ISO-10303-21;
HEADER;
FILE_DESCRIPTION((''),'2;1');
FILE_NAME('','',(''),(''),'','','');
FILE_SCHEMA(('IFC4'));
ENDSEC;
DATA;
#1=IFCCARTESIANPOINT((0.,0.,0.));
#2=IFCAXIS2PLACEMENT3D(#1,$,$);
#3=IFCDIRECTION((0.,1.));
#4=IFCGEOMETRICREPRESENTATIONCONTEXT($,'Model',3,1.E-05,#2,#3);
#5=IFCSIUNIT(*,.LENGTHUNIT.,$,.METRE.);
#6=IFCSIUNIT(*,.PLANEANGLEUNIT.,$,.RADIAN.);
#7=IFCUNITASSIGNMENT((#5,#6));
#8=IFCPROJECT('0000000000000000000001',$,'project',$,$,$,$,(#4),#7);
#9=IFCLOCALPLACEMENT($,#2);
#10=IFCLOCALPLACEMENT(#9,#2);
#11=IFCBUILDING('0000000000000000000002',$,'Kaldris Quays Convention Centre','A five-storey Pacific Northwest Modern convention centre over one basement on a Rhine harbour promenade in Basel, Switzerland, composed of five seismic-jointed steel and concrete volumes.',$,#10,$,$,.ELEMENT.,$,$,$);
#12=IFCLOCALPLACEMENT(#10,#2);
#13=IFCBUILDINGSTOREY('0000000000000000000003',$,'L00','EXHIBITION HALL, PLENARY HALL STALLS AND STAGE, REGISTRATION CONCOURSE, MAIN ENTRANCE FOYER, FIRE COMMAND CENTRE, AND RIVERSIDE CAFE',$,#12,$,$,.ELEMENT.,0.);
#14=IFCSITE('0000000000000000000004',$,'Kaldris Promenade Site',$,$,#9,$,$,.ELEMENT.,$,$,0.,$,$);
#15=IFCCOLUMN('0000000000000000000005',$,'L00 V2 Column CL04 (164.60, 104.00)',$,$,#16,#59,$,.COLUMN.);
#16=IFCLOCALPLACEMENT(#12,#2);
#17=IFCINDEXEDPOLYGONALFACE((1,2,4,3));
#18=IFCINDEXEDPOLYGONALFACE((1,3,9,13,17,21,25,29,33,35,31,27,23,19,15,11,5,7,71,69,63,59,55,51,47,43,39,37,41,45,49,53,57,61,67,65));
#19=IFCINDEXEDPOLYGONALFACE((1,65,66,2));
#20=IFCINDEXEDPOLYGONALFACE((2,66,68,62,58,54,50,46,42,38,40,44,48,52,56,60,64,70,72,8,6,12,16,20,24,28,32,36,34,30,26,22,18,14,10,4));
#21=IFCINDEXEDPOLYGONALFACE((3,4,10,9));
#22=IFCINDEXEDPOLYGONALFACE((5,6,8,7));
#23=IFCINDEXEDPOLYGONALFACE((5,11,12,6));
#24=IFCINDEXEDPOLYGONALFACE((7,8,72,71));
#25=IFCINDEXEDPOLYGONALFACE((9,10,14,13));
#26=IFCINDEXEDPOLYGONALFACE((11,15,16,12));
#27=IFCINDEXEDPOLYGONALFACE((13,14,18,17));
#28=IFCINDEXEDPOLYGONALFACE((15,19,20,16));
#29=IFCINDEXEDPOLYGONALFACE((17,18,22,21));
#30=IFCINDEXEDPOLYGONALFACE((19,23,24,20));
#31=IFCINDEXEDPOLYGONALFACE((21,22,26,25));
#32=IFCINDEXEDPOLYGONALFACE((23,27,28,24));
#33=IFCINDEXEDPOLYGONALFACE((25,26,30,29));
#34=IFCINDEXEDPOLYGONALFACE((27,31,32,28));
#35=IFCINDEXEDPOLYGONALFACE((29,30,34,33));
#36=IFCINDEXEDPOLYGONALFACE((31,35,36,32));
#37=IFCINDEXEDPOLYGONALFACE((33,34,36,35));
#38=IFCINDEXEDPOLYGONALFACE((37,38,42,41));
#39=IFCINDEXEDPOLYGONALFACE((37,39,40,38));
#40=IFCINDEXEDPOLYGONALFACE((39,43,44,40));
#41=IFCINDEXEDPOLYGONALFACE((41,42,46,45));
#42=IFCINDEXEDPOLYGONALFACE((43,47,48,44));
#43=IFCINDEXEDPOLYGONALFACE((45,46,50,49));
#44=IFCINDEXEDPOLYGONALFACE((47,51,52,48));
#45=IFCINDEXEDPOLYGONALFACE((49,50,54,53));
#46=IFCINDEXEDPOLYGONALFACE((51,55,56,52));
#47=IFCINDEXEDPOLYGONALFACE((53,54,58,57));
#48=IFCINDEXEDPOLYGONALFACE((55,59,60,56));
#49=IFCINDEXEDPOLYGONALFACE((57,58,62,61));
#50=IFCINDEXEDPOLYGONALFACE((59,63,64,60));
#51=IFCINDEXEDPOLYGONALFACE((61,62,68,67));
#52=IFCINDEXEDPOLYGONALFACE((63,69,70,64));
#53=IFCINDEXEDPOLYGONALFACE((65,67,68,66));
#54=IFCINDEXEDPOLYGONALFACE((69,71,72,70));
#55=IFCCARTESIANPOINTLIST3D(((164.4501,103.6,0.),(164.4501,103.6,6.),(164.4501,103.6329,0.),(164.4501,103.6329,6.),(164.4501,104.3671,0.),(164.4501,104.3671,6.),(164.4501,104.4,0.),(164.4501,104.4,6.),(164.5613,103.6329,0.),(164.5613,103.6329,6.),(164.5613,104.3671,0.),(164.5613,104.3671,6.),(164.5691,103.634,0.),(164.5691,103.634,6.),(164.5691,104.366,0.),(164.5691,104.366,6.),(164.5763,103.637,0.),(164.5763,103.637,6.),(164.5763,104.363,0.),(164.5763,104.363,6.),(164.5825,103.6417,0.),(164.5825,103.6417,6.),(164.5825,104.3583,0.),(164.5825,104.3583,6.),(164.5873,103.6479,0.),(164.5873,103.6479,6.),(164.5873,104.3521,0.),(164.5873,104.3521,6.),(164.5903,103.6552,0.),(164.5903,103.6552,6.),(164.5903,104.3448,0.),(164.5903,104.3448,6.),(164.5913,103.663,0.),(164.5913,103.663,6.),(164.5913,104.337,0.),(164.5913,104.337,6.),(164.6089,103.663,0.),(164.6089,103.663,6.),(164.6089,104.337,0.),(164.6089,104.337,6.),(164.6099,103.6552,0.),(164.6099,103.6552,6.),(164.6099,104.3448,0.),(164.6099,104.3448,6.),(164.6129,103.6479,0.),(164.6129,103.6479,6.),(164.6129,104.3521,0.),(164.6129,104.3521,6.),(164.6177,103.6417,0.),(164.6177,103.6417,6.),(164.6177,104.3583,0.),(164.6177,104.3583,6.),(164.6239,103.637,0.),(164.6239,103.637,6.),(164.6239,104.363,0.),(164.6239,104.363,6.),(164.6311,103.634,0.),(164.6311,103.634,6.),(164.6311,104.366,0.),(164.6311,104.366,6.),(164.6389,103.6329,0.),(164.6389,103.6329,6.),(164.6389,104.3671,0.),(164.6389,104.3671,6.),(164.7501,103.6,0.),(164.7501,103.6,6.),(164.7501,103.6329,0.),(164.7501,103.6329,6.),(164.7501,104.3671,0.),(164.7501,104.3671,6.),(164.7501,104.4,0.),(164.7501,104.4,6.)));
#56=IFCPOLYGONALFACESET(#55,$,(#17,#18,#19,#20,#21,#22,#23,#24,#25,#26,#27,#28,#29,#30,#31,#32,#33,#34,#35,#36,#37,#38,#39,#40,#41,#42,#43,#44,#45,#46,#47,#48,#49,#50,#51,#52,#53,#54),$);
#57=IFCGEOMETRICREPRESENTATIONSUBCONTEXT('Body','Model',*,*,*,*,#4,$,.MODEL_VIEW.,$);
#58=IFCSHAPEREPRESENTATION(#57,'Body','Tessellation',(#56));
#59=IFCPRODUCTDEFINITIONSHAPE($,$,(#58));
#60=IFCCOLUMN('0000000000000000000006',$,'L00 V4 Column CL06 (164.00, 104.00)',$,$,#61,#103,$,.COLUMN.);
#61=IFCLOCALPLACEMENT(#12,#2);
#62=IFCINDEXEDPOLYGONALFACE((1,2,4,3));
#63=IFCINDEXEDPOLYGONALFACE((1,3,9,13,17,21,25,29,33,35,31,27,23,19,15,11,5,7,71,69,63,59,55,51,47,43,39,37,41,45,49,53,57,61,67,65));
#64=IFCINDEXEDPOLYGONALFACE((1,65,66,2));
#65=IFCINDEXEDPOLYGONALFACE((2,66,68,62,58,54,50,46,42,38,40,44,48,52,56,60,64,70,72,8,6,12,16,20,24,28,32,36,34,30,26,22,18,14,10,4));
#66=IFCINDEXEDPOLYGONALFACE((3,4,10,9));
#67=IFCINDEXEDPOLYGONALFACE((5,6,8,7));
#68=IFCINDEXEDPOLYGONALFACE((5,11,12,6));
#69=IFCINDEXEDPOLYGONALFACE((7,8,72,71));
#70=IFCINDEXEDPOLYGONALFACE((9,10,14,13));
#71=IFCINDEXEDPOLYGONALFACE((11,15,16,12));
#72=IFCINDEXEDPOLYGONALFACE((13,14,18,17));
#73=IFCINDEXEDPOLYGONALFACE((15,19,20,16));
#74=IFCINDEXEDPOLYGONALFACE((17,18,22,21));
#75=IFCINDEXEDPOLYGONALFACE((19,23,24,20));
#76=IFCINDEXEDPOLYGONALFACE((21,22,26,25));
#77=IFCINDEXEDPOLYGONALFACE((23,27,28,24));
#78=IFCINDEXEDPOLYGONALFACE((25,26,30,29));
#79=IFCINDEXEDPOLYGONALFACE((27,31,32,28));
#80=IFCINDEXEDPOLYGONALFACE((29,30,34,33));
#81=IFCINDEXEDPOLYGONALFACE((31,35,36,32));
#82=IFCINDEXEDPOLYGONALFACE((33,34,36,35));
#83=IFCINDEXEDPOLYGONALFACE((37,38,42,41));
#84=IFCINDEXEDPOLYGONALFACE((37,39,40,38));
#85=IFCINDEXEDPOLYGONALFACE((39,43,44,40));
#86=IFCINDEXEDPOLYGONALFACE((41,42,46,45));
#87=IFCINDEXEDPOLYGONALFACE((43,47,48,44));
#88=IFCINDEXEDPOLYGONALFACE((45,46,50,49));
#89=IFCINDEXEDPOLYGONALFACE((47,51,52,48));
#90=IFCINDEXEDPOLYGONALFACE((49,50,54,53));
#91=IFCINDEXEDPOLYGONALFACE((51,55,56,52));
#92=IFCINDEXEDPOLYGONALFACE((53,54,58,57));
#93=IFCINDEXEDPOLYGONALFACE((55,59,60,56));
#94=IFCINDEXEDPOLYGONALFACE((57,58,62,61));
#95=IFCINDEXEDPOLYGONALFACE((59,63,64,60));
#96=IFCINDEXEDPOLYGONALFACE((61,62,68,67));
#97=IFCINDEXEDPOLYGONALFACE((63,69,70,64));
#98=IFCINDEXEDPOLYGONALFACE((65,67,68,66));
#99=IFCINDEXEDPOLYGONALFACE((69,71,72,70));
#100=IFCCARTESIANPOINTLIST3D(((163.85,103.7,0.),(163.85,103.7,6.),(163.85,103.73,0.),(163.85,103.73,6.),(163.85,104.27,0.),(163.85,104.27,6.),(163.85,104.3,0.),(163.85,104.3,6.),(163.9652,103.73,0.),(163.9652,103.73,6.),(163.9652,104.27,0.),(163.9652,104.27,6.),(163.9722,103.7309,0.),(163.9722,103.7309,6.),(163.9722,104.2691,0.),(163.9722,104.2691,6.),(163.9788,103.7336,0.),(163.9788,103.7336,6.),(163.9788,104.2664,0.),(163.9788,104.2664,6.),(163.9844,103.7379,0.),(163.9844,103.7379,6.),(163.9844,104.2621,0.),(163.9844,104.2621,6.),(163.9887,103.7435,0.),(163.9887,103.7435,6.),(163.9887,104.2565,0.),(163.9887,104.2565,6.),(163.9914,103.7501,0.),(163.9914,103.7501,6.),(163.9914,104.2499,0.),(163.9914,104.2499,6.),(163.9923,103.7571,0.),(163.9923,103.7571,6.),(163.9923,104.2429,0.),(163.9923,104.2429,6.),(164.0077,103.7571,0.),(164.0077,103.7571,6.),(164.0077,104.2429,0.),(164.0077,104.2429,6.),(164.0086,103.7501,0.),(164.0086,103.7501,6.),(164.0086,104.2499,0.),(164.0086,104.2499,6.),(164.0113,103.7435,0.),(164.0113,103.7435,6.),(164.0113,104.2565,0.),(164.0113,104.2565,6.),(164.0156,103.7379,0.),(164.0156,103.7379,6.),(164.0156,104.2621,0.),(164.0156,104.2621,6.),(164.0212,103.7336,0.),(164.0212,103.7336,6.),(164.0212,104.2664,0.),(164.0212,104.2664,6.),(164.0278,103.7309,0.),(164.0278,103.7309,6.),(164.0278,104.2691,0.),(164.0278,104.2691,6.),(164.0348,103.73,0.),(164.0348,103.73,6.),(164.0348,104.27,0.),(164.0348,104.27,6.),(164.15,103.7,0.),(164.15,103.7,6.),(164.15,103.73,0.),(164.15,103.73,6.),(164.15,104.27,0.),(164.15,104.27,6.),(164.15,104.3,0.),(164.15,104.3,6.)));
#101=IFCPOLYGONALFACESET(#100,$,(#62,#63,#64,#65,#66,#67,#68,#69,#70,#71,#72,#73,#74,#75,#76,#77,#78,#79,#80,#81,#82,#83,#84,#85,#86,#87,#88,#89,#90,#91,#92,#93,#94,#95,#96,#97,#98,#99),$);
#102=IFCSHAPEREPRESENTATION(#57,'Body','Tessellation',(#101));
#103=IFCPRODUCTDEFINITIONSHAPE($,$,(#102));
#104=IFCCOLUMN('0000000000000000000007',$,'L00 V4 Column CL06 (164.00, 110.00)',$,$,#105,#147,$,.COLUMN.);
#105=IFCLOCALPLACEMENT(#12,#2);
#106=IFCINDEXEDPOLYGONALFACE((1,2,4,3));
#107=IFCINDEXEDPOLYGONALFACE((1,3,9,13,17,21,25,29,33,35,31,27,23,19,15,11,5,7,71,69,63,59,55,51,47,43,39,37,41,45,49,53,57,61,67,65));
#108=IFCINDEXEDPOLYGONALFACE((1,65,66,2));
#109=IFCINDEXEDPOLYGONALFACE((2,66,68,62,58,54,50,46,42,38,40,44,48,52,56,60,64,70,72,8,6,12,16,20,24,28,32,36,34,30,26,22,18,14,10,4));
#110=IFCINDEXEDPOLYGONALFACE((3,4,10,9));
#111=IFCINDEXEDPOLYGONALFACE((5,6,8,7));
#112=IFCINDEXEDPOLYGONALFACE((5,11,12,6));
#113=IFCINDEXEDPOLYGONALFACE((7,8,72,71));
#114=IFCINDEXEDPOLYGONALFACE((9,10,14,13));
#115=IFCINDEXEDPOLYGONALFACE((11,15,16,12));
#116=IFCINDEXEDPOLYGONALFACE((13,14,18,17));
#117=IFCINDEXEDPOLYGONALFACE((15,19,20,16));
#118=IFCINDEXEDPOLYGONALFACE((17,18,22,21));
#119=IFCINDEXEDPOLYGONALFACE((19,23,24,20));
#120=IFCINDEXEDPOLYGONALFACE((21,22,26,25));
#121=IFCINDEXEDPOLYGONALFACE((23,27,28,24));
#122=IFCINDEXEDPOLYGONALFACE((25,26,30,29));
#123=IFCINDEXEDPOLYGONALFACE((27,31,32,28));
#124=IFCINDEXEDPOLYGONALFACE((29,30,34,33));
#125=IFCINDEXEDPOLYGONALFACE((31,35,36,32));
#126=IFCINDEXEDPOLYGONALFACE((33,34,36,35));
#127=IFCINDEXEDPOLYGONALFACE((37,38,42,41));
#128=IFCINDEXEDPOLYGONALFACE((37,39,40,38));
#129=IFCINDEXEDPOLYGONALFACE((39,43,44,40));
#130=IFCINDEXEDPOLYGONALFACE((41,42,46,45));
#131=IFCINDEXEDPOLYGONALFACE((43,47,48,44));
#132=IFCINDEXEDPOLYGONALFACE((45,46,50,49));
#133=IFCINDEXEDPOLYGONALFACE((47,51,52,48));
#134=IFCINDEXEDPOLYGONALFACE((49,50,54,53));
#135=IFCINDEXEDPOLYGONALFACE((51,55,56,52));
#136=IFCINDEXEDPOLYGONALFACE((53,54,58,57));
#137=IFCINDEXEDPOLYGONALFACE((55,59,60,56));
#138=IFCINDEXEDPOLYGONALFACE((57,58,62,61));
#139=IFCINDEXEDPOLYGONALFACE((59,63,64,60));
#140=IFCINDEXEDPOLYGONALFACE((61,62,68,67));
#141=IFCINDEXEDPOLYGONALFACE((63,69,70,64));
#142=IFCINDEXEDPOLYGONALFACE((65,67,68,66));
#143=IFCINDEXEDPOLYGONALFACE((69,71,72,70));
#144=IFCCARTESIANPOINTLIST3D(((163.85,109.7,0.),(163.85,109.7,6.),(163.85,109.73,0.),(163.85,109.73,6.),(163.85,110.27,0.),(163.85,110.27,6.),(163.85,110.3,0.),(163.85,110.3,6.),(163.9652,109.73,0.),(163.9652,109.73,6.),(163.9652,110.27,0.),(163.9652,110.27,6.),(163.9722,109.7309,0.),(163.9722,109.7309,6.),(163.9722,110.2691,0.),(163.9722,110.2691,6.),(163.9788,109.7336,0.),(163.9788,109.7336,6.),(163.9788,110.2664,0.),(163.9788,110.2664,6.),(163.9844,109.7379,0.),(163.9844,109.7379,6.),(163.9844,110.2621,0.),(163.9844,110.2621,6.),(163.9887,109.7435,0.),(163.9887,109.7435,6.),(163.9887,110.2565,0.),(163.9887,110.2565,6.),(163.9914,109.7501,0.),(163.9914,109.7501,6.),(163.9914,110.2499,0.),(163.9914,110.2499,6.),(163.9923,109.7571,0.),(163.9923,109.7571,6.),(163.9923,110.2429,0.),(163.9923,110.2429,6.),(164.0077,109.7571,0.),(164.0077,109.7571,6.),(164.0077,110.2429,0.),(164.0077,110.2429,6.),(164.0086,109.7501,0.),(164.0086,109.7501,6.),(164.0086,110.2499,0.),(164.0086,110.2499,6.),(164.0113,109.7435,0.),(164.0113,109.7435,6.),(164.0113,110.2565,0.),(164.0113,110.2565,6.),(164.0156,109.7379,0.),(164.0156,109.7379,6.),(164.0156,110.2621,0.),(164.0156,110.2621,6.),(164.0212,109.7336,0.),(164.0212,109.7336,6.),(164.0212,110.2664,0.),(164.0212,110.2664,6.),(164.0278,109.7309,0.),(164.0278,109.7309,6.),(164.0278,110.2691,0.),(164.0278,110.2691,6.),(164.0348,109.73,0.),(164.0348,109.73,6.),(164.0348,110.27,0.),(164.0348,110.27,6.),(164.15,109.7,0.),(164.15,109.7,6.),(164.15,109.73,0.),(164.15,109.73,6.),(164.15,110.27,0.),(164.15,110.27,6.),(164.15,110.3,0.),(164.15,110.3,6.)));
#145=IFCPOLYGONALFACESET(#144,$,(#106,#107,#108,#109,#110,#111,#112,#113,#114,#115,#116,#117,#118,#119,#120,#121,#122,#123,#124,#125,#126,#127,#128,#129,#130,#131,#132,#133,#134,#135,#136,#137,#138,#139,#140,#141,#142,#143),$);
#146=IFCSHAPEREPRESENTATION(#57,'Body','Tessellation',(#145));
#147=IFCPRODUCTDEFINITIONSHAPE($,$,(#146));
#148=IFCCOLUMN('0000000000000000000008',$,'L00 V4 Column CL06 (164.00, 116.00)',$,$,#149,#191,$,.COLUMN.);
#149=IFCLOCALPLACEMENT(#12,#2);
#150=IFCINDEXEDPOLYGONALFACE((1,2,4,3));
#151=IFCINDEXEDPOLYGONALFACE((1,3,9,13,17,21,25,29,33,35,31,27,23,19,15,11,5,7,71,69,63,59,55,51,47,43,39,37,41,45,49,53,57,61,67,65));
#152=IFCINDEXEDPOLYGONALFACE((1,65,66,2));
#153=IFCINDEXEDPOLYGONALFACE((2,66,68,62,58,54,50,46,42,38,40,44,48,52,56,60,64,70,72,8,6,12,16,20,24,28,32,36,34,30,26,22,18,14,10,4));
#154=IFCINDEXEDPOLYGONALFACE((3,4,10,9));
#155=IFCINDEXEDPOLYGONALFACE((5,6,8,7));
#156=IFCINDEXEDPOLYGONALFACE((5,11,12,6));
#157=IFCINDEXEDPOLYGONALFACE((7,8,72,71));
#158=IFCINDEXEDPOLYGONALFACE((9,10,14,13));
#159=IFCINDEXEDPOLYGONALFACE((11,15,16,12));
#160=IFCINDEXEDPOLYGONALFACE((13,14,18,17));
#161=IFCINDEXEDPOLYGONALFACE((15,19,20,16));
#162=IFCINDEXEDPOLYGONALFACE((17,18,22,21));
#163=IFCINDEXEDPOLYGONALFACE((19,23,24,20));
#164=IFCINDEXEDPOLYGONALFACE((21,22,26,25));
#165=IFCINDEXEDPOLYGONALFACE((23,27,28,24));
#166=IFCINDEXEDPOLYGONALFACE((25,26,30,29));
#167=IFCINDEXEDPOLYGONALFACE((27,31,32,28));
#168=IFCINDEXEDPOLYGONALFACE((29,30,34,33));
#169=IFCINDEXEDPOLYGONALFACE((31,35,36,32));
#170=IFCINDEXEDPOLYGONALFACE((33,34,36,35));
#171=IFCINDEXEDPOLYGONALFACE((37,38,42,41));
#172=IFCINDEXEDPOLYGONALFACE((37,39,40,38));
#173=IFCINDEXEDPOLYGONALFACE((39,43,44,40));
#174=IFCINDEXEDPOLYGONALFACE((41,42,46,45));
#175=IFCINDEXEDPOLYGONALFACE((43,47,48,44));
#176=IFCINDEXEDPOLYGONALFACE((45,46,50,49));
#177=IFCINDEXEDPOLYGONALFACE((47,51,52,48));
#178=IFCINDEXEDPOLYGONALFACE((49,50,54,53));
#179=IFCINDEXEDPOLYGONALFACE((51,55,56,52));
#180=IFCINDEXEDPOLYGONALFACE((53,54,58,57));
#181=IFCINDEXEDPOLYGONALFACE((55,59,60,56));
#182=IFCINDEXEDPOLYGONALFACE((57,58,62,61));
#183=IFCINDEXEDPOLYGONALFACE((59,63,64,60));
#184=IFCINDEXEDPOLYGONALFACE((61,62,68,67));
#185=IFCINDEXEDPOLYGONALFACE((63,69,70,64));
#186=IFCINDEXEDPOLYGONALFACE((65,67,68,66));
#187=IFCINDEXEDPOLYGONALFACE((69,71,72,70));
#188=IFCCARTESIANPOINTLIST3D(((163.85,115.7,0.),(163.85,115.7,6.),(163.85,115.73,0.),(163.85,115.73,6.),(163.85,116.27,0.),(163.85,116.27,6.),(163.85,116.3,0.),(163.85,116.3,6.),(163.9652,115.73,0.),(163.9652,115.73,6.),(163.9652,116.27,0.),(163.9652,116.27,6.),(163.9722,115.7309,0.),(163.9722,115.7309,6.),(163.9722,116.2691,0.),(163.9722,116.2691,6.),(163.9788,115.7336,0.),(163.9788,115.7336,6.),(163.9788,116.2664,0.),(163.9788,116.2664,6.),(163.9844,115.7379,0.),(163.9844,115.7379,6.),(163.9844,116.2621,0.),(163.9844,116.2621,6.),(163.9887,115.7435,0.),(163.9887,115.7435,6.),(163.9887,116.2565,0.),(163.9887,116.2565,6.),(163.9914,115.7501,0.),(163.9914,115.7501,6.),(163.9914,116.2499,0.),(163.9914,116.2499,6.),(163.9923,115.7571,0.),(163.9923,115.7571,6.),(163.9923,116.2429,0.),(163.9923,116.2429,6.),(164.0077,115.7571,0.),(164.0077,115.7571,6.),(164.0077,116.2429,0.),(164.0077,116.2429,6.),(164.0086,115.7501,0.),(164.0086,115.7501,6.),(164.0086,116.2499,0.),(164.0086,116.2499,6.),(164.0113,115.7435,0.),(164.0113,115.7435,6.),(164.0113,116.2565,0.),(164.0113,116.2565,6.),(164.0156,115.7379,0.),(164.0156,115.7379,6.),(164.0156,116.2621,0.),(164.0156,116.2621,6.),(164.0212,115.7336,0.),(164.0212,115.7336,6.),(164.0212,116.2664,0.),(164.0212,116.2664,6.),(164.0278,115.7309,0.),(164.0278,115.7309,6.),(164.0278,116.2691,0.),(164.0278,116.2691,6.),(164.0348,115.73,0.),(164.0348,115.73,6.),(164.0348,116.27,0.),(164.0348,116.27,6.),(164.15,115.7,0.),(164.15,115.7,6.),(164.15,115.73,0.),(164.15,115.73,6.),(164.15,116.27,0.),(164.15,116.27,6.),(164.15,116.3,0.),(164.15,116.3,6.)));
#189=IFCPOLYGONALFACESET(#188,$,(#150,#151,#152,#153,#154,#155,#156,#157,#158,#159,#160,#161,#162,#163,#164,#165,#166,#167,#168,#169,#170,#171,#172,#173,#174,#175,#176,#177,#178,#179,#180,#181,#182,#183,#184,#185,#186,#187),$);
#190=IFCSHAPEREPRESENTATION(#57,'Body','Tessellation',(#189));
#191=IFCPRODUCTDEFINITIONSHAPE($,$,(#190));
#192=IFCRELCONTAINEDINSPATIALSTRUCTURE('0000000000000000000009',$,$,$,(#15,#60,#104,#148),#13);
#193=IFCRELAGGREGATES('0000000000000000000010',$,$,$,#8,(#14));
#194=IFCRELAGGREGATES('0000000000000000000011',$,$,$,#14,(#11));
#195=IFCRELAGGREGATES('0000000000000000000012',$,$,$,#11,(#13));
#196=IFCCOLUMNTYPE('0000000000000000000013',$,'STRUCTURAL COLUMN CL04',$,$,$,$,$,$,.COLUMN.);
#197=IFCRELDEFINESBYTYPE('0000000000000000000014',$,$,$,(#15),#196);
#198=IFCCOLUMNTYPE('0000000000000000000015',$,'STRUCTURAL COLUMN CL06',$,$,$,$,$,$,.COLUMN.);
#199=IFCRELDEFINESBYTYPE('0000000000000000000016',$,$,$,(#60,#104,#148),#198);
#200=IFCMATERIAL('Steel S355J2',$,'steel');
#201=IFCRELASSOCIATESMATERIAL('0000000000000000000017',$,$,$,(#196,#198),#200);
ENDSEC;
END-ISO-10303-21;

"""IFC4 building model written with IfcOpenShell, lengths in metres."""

from ifc_helpers import new_model, si_unit, direction, frame, origin, origin_2d, place, context, subcontext, project, spatial, i_section, extrude, material, material_profile, profile_set, type_object, element, save


model = new_model("IFC4")

# Units and contexts
model_context = context("Model", 3, precision=1e-05, world=origin(), true_north=direction((0.0, 1.0)))
body_context = subcontext(model_context, "Body", "Model", "MODEL_VIEW")
ifc_project = project(units=[si_unit("LENGTHUNIT", "METRE"), si_unit("PLANEANGLEUNIT", "RADIAN")], contexts=[model_context])

# Site, building, storey
site_placement = place(None, origin())
site = spatial("IfcSite", under=ifc_project, at=site_placement, Name="Kaldris Promenade Site", CompositionType="ELEMENT", RefElevation=0.0)
building_placement = place(site_placement, origin())
building = spatial("IfcBuilding", under=site, at=building_placement, Name="Kaldris Quays Convention Centre", Description="A five-storey Pacific Northwest Modern convention centre over one basement on a Rhine harbour promenade in Basel, Switzerland, composed of five seismic-jointed steel and concrete volumes.", CompositionType="ELEMENT")
storey_placement = place(building_placement, origin())
storey = spatial("IfcBuildingStorey", under=building, at=storey_placement, Name="L00", Description="EXHIBITION HALL, PLENARY HALL STALLS AND STAGE, REGISTRATION CONCOURSE, MAIN ENTRANCE FOYER, FIRE COMMAND CENTRE, AND RIVERSIDE CAFE", CompositionType="ELEMENT", Elevation=0.0)

# Columns
ifc_material_1 = material(Name="Steel S355J2", Category="steel")
ifc_material_profile_1 = material_profile(ifc_material_1, i_section(OverallWidth=0.3, OverallDepth=0.8, WebThickness=0.0176, FlangeThickness=0.033, FilletRadius=0.03, at=origin_2d()), Name="HEB 800")
ifc_profile_set_1 = profile_set([ifc_material_profile_1], Name="Steel S355J2")
column_type_1 = type_object("IfcColumnType", Name="STRUCTURAL COLUMN CL04", PredefinedType="COLUMN", material=ifc_profile_set_1)
column_placement = place(storey_placement, frame((164.6001, 104.0, 0.0), z_axis=(0.0, 0.0, 1.0), x_axis=(1.0, 0.0, 0.0)))
element("IfcColumn", 1, at=column_placement, inside=storey, type_object=column_type_1, Name="L00 V2 Column CL04 (164.60, 104.00)", PredefinedType="COLUMN", context=body_context, shape_type="SweptSolid", body=[
    extrude(i_section(OverallWidth=0.3, OverallDepth=0.8, WebThickness=0.0176, FlangeThickness=0.033, FilletRadius=0.03, at=origin_2d()), origin(), (0.0, 0.0, 1.0), 6.0),
])
ifc_material_profile_2 = material_profile(ifc_material_1, i_section(OverallWidth=0.3, OverallDepth=0.6001, WebThickness=0.0154, FlangeThickness=0.03, FilletRadius=0.0271, at=origin_2d()), Name="HEB 600")
ifc_profile_set_2 = profile_set([ifc_material_profile_2], Name="Steel S355J2")
column_type_2 = type_object("IfcColumnType", Name="STRUCTURAL COLUMN CL06", PredefinedType="COLUMN", material=ifc_profile_set_2)
for number, where, z_axis, x_axis, name in (
    (2, (164.0, 104.0, 0.0), (0.0, 0.0, 1.0), (1.0, 0.0, 0.0), "L00 V4 Column CL06 (164.00, 104.00)"),
    (3, (164.0, 110.0, 0.0), (0.0, 0.0, 1.0), (1.0, 0.0, 0.0), "L00 V4 Column CL06 (164.00, 110.00)"),
    (4, (164.0, 116.0, 0.0), (0.0, 0.0, 1.0), (1.0, 0.0, 0.0), "L00 V4 Column CL06 (164.00, 116.00)"),
):
    element("IfcColumn", number, at=place(storey_placement, frame(where, z_axis=z_axis, x_axis=x_axis)), inside=storey, type_object=column_type_2, Name=name, PredefinedType="COLUMN", context=body_context, shape_type="SweptSolid", body=[
        extrude(i_section(OverallWidth=0.3, OverallDepth=0.6001, WebThickness=0.0154, FlangeThickness=0.03, FilletRadius=0.0271, at=origin_2d()), origin(), (0.0, 0.0, 1.0), 6.0),
    ])

save(model, "model.ifc")
